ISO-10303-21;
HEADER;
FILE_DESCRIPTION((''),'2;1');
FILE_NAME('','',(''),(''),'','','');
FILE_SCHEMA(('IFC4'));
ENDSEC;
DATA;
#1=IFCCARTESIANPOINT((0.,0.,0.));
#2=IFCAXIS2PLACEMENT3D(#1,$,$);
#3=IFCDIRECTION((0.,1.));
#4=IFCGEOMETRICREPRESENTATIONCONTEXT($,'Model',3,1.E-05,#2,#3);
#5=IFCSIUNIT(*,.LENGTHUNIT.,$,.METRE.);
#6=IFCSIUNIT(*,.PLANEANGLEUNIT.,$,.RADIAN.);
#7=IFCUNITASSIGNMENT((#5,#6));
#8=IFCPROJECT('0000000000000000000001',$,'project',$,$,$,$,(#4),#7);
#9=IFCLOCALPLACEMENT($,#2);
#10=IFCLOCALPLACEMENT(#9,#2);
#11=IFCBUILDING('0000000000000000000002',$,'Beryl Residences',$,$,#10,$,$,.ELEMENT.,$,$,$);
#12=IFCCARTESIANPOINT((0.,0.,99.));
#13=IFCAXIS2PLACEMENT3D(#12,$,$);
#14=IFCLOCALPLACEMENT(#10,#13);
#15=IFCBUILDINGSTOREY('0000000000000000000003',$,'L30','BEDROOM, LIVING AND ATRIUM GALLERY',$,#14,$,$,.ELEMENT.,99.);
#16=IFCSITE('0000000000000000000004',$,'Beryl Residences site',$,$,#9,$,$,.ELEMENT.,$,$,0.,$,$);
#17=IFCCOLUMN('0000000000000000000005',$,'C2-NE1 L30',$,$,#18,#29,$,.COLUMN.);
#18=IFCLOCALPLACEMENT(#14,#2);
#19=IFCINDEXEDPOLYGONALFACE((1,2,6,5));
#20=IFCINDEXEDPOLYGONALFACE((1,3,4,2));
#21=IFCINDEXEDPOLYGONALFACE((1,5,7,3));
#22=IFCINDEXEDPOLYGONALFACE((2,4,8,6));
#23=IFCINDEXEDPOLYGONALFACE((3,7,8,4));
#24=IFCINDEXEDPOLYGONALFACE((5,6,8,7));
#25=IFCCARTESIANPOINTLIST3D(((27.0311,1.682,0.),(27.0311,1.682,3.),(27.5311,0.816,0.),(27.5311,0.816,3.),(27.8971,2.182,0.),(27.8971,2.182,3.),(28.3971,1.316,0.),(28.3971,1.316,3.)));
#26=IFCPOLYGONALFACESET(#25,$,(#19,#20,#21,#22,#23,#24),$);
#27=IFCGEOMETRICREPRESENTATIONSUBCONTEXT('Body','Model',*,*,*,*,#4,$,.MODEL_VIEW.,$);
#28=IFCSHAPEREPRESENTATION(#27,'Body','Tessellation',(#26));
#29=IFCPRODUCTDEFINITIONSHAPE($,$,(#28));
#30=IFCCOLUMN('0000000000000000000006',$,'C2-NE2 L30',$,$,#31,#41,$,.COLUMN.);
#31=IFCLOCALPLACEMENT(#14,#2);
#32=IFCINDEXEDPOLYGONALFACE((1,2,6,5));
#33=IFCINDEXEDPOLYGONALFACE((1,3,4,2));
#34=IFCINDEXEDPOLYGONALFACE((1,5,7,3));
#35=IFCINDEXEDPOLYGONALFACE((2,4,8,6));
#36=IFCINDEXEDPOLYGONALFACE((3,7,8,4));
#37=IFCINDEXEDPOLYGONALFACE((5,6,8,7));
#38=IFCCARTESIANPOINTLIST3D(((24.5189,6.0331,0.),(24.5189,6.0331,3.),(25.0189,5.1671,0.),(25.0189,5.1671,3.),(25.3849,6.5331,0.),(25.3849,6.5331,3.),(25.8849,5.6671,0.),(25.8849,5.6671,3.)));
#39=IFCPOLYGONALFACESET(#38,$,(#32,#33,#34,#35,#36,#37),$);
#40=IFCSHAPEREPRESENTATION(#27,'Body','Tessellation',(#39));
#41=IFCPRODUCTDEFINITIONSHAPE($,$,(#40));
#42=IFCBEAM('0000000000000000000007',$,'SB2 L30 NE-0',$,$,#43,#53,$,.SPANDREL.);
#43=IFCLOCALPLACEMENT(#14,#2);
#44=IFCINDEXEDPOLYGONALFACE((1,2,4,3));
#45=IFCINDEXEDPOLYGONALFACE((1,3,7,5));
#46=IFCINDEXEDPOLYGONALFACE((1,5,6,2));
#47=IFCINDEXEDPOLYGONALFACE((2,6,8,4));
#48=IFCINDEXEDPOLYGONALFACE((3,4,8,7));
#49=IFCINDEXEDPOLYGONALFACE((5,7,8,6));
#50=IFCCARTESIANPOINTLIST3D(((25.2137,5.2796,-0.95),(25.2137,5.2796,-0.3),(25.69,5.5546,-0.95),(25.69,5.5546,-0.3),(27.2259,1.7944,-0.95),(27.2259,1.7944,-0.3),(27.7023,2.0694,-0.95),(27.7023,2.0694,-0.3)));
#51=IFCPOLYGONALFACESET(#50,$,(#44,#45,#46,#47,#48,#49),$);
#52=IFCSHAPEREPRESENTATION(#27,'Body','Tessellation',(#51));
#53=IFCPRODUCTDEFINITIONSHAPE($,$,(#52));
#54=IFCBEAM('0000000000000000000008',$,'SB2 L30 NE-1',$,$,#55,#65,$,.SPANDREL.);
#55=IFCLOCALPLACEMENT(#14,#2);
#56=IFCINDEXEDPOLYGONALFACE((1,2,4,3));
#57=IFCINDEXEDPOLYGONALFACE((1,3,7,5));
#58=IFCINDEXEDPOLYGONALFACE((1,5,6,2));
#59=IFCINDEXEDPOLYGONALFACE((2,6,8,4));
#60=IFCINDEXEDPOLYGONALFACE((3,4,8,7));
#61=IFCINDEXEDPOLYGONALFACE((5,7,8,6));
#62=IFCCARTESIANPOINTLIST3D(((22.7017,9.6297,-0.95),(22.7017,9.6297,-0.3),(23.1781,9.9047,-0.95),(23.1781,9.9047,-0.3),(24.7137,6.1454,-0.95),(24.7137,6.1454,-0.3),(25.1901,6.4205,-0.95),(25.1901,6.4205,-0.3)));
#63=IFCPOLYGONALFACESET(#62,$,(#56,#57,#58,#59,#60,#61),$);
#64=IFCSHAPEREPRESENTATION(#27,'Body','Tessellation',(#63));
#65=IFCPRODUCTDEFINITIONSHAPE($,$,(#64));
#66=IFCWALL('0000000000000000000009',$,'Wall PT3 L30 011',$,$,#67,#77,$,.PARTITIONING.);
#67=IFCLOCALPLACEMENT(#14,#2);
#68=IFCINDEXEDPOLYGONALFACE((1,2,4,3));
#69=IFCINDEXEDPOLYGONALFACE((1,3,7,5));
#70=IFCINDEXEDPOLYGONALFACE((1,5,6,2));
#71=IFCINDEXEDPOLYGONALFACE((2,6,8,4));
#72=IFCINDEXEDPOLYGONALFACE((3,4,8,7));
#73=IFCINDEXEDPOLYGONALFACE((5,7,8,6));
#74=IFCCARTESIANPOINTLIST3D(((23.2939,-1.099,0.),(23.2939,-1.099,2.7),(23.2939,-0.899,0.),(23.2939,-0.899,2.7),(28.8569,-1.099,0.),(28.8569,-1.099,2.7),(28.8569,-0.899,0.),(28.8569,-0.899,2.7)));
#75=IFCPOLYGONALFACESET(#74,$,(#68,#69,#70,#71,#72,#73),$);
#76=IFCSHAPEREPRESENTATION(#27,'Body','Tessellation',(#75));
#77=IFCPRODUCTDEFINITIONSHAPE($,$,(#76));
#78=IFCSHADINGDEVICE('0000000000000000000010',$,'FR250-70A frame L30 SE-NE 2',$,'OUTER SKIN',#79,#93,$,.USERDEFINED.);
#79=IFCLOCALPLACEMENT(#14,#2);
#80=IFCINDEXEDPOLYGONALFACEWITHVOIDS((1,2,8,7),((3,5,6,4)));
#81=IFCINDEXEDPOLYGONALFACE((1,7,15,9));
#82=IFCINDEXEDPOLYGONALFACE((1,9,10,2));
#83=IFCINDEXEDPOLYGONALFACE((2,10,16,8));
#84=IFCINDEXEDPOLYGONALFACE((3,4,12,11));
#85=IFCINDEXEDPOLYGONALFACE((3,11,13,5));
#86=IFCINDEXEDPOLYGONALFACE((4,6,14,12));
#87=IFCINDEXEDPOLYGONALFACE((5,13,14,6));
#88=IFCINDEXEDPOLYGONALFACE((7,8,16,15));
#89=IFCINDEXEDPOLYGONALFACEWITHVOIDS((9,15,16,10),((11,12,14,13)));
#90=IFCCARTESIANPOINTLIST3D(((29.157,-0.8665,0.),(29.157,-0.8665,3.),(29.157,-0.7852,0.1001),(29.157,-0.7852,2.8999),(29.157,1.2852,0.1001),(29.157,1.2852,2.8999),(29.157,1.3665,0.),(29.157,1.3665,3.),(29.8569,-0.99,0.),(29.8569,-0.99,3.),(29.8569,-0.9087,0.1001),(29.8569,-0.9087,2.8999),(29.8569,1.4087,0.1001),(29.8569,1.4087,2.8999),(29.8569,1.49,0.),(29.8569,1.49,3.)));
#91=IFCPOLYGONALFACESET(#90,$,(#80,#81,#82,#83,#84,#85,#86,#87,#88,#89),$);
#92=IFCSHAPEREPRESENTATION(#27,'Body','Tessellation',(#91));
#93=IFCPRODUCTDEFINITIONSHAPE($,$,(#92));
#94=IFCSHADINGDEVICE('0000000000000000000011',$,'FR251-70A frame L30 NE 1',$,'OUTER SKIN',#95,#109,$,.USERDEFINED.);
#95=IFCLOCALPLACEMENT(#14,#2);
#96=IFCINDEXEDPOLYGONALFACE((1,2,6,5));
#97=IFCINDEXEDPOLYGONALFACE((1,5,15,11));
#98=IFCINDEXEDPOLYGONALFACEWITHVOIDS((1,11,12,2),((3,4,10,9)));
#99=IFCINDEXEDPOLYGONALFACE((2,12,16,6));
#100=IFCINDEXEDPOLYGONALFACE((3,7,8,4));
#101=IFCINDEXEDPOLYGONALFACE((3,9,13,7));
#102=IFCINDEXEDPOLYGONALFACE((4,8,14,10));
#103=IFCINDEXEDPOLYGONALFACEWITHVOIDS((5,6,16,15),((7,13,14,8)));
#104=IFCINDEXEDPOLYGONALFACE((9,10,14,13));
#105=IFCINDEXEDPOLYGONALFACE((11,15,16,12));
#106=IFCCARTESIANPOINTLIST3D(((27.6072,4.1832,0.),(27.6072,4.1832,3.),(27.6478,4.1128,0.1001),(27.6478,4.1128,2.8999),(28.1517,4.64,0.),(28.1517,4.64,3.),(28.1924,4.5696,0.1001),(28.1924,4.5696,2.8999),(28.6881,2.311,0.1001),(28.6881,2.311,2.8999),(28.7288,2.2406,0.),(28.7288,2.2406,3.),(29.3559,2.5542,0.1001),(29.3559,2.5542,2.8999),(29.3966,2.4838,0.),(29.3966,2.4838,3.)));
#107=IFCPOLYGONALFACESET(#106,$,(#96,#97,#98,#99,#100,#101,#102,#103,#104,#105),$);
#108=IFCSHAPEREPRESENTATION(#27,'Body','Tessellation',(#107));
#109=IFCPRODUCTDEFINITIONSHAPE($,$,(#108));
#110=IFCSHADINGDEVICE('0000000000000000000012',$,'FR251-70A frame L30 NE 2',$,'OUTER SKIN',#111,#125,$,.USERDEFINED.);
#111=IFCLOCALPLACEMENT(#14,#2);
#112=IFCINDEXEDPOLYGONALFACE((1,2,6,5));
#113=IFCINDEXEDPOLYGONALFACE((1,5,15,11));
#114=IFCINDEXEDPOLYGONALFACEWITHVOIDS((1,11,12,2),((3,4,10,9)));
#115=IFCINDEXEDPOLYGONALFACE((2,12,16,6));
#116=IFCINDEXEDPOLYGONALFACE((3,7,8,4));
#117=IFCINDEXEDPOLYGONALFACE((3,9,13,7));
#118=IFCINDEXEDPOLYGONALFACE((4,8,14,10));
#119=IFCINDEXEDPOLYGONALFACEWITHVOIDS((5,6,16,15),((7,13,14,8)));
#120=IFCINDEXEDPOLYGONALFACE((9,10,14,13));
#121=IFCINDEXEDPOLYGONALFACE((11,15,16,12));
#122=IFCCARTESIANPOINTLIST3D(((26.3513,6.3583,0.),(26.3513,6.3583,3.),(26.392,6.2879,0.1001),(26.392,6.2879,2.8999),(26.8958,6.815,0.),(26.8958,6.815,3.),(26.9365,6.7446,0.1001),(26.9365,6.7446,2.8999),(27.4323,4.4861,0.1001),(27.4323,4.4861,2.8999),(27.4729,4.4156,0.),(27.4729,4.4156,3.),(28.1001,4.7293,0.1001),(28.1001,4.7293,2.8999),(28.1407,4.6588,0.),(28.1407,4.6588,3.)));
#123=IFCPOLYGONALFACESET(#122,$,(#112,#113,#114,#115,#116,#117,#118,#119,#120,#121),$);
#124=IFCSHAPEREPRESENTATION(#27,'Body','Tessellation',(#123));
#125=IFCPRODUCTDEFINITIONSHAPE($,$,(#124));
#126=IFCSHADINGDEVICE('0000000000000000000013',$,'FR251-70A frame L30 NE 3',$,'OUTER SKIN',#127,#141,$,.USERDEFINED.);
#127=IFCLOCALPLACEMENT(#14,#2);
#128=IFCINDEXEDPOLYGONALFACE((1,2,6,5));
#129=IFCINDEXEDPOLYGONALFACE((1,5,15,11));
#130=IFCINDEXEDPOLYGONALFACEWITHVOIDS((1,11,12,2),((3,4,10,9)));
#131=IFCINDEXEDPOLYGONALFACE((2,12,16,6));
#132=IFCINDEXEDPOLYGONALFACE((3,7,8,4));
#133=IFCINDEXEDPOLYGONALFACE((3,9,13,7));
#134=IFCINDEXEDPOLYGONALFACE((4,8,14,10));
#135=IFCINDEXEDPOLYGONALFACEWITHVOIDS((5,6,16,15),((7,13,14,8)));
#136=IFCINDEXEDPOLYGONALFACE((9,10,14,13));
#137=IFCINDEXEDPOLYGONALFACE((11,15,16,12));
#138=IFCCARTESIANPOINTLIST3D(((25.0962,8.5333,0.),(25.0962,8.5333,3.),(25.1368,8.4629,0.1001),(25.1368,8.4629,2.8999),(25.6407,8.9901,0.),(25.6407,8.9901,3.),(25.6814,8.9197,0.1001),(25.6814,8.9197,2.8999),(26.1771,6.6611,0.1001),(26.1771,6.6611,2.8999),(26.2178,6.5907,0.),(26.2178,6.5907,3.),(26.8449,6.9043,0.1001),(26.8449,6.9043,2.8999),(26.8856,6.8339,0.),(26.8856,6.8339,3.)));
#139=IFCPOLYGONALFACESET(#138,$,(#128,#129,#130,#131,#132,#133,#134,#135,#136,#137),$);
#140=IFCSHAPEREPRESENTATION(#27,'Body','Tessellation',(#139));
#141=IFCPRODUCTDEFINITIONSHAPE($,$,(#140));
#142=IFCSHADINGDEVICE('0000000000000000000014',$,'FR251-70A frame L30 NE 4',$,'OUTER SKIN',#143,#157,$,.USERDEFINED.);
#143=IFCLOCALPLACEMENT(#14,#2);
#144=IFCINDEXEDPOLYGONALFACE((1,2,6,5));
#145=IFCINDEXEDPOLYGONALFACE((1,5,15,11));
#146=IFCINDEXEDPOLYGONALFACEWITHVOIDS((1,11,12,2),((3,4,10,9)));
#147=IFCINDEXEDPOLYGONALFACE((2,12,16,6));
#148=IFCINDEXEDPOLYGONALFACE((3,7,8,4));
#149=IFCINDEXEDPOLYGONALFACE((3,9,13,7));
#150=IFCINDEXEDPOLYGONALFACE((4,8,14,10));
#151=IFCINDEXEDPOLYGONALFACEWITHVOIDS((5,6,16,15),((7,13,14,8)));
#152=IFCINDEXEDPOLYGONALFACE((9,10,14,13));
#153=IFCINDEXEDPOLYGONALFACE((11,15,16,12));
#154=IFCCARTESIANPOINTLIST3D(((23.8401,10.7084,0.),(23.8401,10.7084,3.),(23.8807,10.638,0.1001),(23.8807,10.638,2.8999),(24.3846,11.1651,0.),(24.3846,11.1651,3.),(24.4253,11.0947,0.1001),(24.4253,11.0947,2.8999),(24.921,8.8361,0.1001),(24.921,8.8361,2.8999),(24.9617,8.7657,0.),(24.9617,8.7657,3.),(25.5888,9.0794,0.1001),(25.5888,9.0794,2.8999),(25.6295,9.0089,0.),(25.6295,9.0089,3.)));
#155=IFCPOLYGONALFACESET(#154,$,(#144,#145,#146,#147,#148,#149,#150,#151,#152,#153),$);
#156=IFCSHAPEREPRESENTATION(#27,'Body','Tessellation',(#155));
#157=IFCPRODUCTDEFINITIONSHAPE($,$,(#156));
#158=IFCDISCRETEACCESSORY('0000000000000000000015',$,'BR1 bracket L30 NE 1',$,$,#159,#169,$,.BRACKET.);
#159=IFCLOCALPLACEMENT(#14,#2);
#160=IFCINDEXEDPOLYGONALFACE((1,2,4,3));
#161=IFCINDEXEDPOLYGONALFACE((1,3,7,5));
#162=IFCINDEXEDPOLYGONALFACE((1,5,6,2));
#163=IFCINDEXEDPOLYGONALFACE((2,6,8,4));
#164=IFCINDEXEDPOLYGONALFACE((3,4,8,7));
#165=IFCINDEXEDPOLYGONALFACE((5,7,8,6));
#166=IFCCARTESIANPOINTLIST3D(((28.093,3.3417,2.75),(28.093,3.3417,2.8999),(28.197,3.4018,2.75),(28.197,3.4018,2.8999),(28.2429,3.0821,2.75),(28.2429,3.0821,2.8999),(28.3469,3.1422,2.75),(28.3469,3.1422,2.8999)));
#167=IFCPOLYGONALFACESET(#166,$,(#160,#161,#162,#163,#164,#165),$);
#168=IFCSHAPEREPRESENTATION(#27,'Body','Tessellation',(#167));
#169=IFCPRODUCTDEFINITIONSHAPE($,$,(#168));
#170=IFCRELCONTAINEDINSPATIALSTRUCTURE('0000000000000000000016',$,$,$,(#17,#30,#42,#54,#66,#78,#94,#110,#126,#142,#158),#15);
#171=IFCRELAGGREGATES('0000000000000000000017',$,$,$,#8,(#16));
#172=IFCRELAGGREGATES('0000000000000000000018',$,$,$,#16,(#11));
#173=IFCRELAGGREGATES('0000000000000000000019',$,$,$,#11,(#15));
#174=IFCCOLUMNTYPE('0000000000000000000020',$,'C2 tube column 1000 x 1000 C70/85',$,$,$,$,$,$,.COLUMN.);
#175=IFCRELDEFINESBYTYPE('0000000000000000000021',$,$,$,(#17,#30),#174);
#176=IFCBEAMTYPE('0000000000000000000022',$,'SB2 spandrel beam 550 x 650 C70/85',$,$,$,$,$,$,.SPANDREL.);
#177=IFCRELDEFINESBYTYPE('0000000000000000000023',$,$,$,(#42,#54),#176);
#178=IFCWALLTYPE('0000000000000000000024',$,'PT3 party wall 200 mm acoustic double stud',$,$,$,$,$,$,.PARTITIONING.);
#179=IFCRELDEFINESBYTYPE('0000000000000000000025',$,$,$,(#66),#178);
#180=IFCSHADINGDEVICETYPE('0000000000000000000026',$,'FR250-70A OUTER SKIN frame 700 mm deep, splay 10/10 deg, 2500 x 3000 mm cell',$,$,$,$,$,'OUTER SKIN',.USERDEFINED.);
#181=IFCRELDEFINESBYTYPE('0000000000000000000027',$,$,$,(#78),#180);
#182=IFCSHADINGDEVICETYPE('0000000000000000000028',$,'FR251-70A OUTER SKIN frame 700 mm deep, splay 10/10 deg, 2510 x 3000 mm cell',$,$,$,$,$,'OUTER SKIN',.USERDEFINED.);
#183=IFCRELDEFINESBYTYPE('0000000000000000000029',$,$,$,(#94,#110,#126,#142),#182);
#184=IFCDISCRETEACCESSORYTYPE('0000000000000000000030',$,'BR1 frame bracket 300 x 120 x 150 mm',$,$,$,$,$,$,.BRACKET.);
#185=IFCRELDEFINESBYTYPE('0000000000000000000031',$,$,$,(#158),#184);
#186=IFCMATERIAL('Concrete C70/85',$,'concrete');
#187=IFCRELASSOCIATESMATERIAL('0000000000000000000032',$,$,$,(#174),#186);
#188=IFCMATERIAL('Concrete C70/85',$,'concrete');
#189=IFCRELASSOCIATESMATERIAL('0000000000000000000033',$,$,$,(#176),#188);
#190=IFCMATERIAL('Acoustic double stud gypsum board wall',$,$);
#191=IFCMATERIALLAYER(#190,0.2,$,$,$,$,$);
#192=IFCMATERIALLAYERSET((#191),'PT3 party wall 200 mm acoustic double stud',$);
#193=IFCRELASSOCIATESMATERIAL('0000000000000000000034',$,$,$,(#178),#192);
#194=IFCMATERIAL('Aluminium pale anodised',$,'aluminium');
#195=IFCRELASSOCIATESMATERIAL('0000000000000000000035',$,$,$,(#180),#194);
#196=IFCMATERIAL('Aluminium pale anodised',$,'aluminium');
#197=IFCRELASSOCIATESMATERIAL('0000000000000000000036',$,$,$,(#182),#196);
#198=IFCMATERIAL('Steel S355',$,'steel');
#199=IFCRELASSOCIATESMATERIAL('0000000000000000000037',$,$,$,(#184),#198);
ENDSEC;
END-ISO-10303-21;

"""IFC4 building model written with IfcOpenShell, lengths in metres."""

from ifc_helpers import new_model, entity, si_unit, direction, frame, frame_2d, origin, origin_2d, place, context, subcontext, project, spatial, polyline, rectangle, outline, extrude, source, transform, mapped, material, layer, layer_set, material_profile, profile_set, type_object, type_shapes, element, save


model = new_model("IFC4")

# Units and contexts
model_context = context("Model", 3, precision=1e-05, world=origin(), true_north=direction((0.0, 1.0)))
body_context = subcontext(model_context, "Body", "Model", "MODEL_VIEW")
ifc_project = project(units=[si_unit("LENGTHUNIT", "METRE"), si_unit("PLANEANGLEUNIT", "RADIAN")], contexts=[model_context])

# Site, building, storey
site_placement = place(None, origin())
site = spatial("IfcSite", under=ifc_project, at=site_placement, Name="Beryl Residences site", CompositionType="ELEMENT", RefElevation=0.0)
building_placement = place(site_placement, origin())
building = spatial("IfcBuilding", under=site, at=building_placement, Name="Beryl Residences", CompositionType="ELEMENT")
storey_placement = place(building_placement, frame((0.0, 0.0, 99.0)))
storey = spatial("IfcBuildingStorey", under=building, at=storey_placement, Name="L30", Description="BEDROOM, LIVING AND ATRIUM GALLERY", CompositionType="ELEMENT", Elevation=99.0)

# Columns
ifc_material_1 = material(Name="Concrete C70/85", Category="concrete")
ifc_material_profile_1 = material_profile(ifc_material_1, rectangle(XDim=1.0, YDim=1.0, at=origin_2d()))
ifc_profile_set_1 = profile_set([ifc_material_profile_1], Name="Concrete C70/85")
column_type = type_object("IfcColumnType", Name="C2 tube column 1000 x 1000 C70/85", PredefinedType="COLUMN", material=ifc_profile_set_1)
for number, where, z_axis, x_axis, name in (
    (1, (27.7141, 1.499, 0.0), (0.0, 0.0, 1.0), (-0.5, 0.866025, 0.0), "C2-NE1 L30"),
    (2, (25.2019, 5.8501, 0.0), (0.0, 0.0, 1.0), (-0.5, 0.866025, 0.0), "C2-NE2 L30"),
):
    element("IfcColumn", number, at=place(storey_placement, frame(where, z_axis=z_axis, x_axis=x_axis)), inside=storey, type_object=column_type, Name=name, PredefinedType="COLUMN", context=body_context, shape_type="SweptSolid", body=[
        extrude(rectangle(XDim=1.0, YDim=1.0, at=origin_2d()), origin(), (0.0, 0.0, 1.0), 3.0),
    ])

# Beams
ifc_material_2 = material(Name="Concrete C70/85", Category="concrete")
ifc_material_profile_2 = material_profile(ifc_material_2, rectangle(XDim=0.55, YDim=0.6499, at=origin_2d()))
ifc_profile_set_2 = profile_set([ifc_material_profile_2], Name="Concrete C70/85")
beam_type = type_object("IfcBeamType", Name="SB2 spandrel beam 550 x 650 C70/85", PredefinedType="SPANDREL", material=ifc_profile_set_2)
beam_1_placement = place(storey_placement, frame((27.4641, 1.9319, -0.625), z_axis=(-0.500015, 0.866017, 0.0), x_axis=(-0.866017, -0.500015, 0.0)))
element("IfcBeam", 3, at=beam_1_placement, inside=storey, type_object=beam_type, Name="SB2 L30 NE-0", PredefinedType="SPANDREL", context=body_context, shape_type="SweptSolid", body=[
    extrude(rectangle(XDim=0.55, YDim=0.6499, at=origin_2d()), origin(), (0.0, 0.0, 1.0), 4.0244),
])
beam_2_placement = place(storey_placement, frame((24.9519, 6.283, -0.625), z_axis=(-0.500074, 0.865982, 0.0), x_axis=(-0.865982, -0.500074, 0.0)))
element("IfcBeam", 4, at=beam_2_placement, inside=storey, type_object=beam_type, Name="SB2 L30 NE-1", PredefinedType="SPANDREL", context=body_context, shape_type="SweptSolid", body=[
    extrude(rectangle(XDim=0.55, YDim=0.6499, at=origin_2d()), origin(), (0.0, 0.0, 1.0), 4.0234),
])

# Wall
ifc_material_3 = material(Name="Acoustic double stud gypsum board wall")
ifc_layer_1 = layer(ifc_material_3, 0.2)
ifc_layer_set_1 = layer_set([ifc_layer_1], Name="PT3 party wall 200 mm acoustic double stud")
wall_type_1 = type_object("IfcWallType", Name="PT3 party wall 200 mm acoustic double stud", PredefinedType="PARTITIONING", material=ifc_layer_set_1)
wall_1_placement = place(storey_placement, frame((23.2939, -0.999, 0.0), z_axis=(0.0, 0.0, 1.0), x_axis=(1.0, 0.0, 0.0)))
element("IfcWall", 5, at=wall_1_placement, inside=storey, type_object=wall_type_1, Name="Wall PT3 L30 011", PredefinedType="PARTITIONING", context=body_context, shape_type="SweptSolid", body=[
    extrude(rectangle(XDim=5.563, YDim=0.2, at=frame_2d((2.7815, 0.0))), origin(), (0.0, 0.0, 1.0), 2.7),
])

# Shading devices
ifc_material_4 = material(Name="Aluminium pale anodised", Category="aluminium")
shading_device_type_1 = type_object("IfcShadingDeviceType", Name="FR250-70A OUTER SKIN frame 700 mm deep, splay 10/10 deg, 2500 x 3000 mm cell", ElementType="OUTER SKIN", PredefinedType="USERDEFINED", material=ifc_material_4)
cartesian_point_1 = entity("IfcCartesianPoint", [-1.1165, 0.0])
cartesian_point_2 = entity("IfcCartesianPoint", [-1.0352, 0.1001])
cartesian_point_3 = entity("IfcCartesianPoint", [-1.24, 0.0])
cartesian_point_4 = entity("IfcCartesianPoint", [-1.1587, 0.1001])
shared_shape_1 = source(origin(), body_context, "Body", "SweptSolid", [
    entity("IfcExtrudedAreaSolidTapered", entity("IfcArbitraryProfileDefWithVoids", "AREA", None, entity("IfcPolyline", [cartesian_point_1, entity("IfcCartesianPoint", [1.1165, 0.0]), entity("IfcCartesianPoint", [1.1165, 3.0]), entity("IfcCartesianPoint", [-1.1165, 3.0]), cartesian_point_1]), [entity("IfcPolyline", [cartesian_point_2, entity("IfcCartesianPoint", [1.0352, 0.1001]), entity("IfcCartesianPoint", [1.0352, 2.8999]), entity("IfcCartesianPoint", [-1.0352, 2.8999]), cartesian_point_2])]), entity("IfcAxis2Placement3D", entity("IfcCartesianPoint", [0.0, 0.0, 0.0]), entity("IfcDirection", [0.0, 1.0, 0.0]), entity("IfcDirection", [-1.0, 0.0, 0.0])), entity("IfcDirection", [0.0, 0.0, 1.0]), 0.7, entity("IfcArbitraryProfileDefWithVoids", "AREA", None, entity("IfcPolyline", [cartesian_point_3, entity("IfcCartesianPoint", [1.24, 0.0]), entity("IfcCartesianPoint", [1.24, 3.0]), entity("IfcCartesianPoint", [-1.24, 3.0]), cartesian_point_3]), [entity("IfcPolyline", [cartesian_point_4, entity("IfcCartesianPoint", [1.1587, 0.1001]), entity("IfcCartesianPoint", [1.1587, 2.8999]), entity("IfcCartesianPoint", [-1.1587, 2.8999]), cartesian_point_4])])),
])
type_shapes(shading_device_type_1, [shared_shape_1])
shading_device_placement = place(storey_placement, frame((29.157, 0.25, 0.0), z_axis=(0.0, 0.0, 1.0), x_axis=(0.0, -1.0, 0.0)))
element("IfcShadingDevice", 6, at=shading_device_placement, inside=storey, type_object=shading_device_type_1, Name="FR250-70A frame L30 SE-NE 2", ObjectType="OUTER SKIN", PredefinedType="USERDEFINED", context=body_context, shape_type="MappedRepresentation", body=[
    mapped(shared_shape_1, transform((0.0, 0.0, 0.0))),
])
ifc_material_5 = material(Name="Aluminium pale anodised", Category="aluminium")
shading_device_type_2 = type_object("IfcShadingDeviceType", Name="FR251-70A OUTER SKIN frame 700 mm deep, splay 10/10 deg, 2510 x 3000 mm cell", ElementType="OUTER SKIN", PredefinedType="USERDEFINED", material=ifc_material_5)
cartesian_point_5 = entity("IfcCartesianPoint", [-1.1216, 0.0])
cartesian_point_6 = entity("IfcCartesianPoint", [-1.0403, 0.1001])
cartesian_point_7 = entity("IfcCartesianPoint", [-1.2449, 0.0])
cartesian_point_8 = entity("IfcCartesianPoint", [-1.1636, 0.1001])
shared_shape_2 = source(origin(), body_context, "Body", "SweptSolid", [
    entity("IfcExtrudedAreaSolidTapered", entity("IfcArbitraryProfileDefWithVoids", "AREA", None, entity("IfcPolyline", [cartesian_point_5, entity("IfcCartesianPoint", [1.1216, 0.0]), entity("IfcCartesianPoint", [1.1216, 3.0]), entity("IfcCartesianPoint", [-1.1216, 3.0]), cartesian_point_5]), [entity("IfcPolyline", [cartesian_point_6, entity("IfcCartesianPoint", [1.0403, 0.1001]), entity("IfcCartesianPoint", [1.0403, 2.8999]), entity("IfcCartesianPoint", [-1.0403, 2.8999]), cartesian_point_6])]), entity("IfcAxis2Placement3D", entity("IfcCartesianPoint", [0.0, 0.0, 0.0]), entity("IfcDirection", [0.0, 1.0, 0.0]), entity("IfcDirection", [-1.0, 0.0, 0.0])), entity("IfcDirection", [0.0, 0.0, 1.0]), 0.7, entity("IfcArbitraryProfileDefWithVoids", "AREA", None, entity("IfcPolyline", [cartesian_point_7, entity("IfcCartesianPoint", [1.2449, 0.0]), entity("IfcCartesianPoint", [1.2449, 3.0]), entity("IfcCartesianPoint", [-1.2449, 3.0]), cartesian_point_7]), [entity("IfcPolyline", [cartesian_point_8, entity("IfcCartesianPoint", [1.1636, 0.1001]), entity("IfcCartesianPoint", [1.1636, 2.8999]), entity("IfcCartesianPoint", [-1.1636, 2.8999]), cartesian_point_8])])),
])
type_shapes(shading_device_type_2, [shared_shape_2])
for number, where, z_axis, x_axis, name in (
    (7, (28.168, 3.2119, 0.0), (0.0, 0.0, 1.0), (0.5, -0.866025, 0.0), "FR251-70A frame L30 NE 1"),
    (8, (26.9121, 5.387, 0.0), (0.0, 0.0, 1.0), (0.5, -0.866025, 0.0), "FR251-70A frame L30 NE 2"),
    (9, (25.657, 7.562, 0.0), (0.0, 0.0, 1.0), (0.5, -0.866025, 0.0), "FR251-70A frame L30 NE 3"),
    (10, (24.4009, 9.7371, 0.0), (0.0, 0.0, 1.0), (0.5, -0.866025, 0.0), "FR251-70A frame L30 NE 4"),
):
    element("IfcShadingDevice", number, at=place(storey_placement, frame(where, z_axis=z_axis, x_axis=x_axis)), inside=storey, type_object=shading_device_type_2, Name=name, ObjectType="OUTER SKIN", PredefinedType="USERDEFINED", context=body_context, shape_type="MappedRepresentation", body=[
        mapped(shared_shape_2, transform((0.0, 0.0, 0.0))),
    ])

# Discrete accessory
ifc_material_6 = material(Name="Steel S355", Category="steel")
discrete_accessory_type = type_object("IfcDiscreteAccessoryType", Name="BR1 frame bracket 300 x 120 x 150 mm", PredefinedType="BRACKET", material=ifc_material_6)
shared_shape_3 = source(origin(), body_context, "Body", "SweptSolid", [
    extrude(outline(polyline([(-0.1499, 0.0), (0.1499, 0.0), (0.1499, 0.1201), (-0.1499, 0.1201), (-0.1499, 0.0)])), origin(), (0.0, 0.0, 1.0), 0.1499),
])
type_shapes(discrete_accessory_type, [shared_shape_3])
discrete_accessory_placement = place(storey_placement, frame((28.168, 3.2119, 2.75), z_axis=(0.0, 0.0, 1.0), x_axis=(0.5, -0.866025, 0.0)))
element("IfcDiscreteAccessory", 11, at=discrete_accessory_placement, inside=storey, type_object=discrete_accessory_type, Name="BR1 bracket L30 NE 1", PredefinedType="BRACKET", context=body_context, shape_type="MappedRepresentation", body=[
    mapped(shared_shape_3, transform((0.0, 0.0, 0.0))),
])

save(model, "model.ifc")
